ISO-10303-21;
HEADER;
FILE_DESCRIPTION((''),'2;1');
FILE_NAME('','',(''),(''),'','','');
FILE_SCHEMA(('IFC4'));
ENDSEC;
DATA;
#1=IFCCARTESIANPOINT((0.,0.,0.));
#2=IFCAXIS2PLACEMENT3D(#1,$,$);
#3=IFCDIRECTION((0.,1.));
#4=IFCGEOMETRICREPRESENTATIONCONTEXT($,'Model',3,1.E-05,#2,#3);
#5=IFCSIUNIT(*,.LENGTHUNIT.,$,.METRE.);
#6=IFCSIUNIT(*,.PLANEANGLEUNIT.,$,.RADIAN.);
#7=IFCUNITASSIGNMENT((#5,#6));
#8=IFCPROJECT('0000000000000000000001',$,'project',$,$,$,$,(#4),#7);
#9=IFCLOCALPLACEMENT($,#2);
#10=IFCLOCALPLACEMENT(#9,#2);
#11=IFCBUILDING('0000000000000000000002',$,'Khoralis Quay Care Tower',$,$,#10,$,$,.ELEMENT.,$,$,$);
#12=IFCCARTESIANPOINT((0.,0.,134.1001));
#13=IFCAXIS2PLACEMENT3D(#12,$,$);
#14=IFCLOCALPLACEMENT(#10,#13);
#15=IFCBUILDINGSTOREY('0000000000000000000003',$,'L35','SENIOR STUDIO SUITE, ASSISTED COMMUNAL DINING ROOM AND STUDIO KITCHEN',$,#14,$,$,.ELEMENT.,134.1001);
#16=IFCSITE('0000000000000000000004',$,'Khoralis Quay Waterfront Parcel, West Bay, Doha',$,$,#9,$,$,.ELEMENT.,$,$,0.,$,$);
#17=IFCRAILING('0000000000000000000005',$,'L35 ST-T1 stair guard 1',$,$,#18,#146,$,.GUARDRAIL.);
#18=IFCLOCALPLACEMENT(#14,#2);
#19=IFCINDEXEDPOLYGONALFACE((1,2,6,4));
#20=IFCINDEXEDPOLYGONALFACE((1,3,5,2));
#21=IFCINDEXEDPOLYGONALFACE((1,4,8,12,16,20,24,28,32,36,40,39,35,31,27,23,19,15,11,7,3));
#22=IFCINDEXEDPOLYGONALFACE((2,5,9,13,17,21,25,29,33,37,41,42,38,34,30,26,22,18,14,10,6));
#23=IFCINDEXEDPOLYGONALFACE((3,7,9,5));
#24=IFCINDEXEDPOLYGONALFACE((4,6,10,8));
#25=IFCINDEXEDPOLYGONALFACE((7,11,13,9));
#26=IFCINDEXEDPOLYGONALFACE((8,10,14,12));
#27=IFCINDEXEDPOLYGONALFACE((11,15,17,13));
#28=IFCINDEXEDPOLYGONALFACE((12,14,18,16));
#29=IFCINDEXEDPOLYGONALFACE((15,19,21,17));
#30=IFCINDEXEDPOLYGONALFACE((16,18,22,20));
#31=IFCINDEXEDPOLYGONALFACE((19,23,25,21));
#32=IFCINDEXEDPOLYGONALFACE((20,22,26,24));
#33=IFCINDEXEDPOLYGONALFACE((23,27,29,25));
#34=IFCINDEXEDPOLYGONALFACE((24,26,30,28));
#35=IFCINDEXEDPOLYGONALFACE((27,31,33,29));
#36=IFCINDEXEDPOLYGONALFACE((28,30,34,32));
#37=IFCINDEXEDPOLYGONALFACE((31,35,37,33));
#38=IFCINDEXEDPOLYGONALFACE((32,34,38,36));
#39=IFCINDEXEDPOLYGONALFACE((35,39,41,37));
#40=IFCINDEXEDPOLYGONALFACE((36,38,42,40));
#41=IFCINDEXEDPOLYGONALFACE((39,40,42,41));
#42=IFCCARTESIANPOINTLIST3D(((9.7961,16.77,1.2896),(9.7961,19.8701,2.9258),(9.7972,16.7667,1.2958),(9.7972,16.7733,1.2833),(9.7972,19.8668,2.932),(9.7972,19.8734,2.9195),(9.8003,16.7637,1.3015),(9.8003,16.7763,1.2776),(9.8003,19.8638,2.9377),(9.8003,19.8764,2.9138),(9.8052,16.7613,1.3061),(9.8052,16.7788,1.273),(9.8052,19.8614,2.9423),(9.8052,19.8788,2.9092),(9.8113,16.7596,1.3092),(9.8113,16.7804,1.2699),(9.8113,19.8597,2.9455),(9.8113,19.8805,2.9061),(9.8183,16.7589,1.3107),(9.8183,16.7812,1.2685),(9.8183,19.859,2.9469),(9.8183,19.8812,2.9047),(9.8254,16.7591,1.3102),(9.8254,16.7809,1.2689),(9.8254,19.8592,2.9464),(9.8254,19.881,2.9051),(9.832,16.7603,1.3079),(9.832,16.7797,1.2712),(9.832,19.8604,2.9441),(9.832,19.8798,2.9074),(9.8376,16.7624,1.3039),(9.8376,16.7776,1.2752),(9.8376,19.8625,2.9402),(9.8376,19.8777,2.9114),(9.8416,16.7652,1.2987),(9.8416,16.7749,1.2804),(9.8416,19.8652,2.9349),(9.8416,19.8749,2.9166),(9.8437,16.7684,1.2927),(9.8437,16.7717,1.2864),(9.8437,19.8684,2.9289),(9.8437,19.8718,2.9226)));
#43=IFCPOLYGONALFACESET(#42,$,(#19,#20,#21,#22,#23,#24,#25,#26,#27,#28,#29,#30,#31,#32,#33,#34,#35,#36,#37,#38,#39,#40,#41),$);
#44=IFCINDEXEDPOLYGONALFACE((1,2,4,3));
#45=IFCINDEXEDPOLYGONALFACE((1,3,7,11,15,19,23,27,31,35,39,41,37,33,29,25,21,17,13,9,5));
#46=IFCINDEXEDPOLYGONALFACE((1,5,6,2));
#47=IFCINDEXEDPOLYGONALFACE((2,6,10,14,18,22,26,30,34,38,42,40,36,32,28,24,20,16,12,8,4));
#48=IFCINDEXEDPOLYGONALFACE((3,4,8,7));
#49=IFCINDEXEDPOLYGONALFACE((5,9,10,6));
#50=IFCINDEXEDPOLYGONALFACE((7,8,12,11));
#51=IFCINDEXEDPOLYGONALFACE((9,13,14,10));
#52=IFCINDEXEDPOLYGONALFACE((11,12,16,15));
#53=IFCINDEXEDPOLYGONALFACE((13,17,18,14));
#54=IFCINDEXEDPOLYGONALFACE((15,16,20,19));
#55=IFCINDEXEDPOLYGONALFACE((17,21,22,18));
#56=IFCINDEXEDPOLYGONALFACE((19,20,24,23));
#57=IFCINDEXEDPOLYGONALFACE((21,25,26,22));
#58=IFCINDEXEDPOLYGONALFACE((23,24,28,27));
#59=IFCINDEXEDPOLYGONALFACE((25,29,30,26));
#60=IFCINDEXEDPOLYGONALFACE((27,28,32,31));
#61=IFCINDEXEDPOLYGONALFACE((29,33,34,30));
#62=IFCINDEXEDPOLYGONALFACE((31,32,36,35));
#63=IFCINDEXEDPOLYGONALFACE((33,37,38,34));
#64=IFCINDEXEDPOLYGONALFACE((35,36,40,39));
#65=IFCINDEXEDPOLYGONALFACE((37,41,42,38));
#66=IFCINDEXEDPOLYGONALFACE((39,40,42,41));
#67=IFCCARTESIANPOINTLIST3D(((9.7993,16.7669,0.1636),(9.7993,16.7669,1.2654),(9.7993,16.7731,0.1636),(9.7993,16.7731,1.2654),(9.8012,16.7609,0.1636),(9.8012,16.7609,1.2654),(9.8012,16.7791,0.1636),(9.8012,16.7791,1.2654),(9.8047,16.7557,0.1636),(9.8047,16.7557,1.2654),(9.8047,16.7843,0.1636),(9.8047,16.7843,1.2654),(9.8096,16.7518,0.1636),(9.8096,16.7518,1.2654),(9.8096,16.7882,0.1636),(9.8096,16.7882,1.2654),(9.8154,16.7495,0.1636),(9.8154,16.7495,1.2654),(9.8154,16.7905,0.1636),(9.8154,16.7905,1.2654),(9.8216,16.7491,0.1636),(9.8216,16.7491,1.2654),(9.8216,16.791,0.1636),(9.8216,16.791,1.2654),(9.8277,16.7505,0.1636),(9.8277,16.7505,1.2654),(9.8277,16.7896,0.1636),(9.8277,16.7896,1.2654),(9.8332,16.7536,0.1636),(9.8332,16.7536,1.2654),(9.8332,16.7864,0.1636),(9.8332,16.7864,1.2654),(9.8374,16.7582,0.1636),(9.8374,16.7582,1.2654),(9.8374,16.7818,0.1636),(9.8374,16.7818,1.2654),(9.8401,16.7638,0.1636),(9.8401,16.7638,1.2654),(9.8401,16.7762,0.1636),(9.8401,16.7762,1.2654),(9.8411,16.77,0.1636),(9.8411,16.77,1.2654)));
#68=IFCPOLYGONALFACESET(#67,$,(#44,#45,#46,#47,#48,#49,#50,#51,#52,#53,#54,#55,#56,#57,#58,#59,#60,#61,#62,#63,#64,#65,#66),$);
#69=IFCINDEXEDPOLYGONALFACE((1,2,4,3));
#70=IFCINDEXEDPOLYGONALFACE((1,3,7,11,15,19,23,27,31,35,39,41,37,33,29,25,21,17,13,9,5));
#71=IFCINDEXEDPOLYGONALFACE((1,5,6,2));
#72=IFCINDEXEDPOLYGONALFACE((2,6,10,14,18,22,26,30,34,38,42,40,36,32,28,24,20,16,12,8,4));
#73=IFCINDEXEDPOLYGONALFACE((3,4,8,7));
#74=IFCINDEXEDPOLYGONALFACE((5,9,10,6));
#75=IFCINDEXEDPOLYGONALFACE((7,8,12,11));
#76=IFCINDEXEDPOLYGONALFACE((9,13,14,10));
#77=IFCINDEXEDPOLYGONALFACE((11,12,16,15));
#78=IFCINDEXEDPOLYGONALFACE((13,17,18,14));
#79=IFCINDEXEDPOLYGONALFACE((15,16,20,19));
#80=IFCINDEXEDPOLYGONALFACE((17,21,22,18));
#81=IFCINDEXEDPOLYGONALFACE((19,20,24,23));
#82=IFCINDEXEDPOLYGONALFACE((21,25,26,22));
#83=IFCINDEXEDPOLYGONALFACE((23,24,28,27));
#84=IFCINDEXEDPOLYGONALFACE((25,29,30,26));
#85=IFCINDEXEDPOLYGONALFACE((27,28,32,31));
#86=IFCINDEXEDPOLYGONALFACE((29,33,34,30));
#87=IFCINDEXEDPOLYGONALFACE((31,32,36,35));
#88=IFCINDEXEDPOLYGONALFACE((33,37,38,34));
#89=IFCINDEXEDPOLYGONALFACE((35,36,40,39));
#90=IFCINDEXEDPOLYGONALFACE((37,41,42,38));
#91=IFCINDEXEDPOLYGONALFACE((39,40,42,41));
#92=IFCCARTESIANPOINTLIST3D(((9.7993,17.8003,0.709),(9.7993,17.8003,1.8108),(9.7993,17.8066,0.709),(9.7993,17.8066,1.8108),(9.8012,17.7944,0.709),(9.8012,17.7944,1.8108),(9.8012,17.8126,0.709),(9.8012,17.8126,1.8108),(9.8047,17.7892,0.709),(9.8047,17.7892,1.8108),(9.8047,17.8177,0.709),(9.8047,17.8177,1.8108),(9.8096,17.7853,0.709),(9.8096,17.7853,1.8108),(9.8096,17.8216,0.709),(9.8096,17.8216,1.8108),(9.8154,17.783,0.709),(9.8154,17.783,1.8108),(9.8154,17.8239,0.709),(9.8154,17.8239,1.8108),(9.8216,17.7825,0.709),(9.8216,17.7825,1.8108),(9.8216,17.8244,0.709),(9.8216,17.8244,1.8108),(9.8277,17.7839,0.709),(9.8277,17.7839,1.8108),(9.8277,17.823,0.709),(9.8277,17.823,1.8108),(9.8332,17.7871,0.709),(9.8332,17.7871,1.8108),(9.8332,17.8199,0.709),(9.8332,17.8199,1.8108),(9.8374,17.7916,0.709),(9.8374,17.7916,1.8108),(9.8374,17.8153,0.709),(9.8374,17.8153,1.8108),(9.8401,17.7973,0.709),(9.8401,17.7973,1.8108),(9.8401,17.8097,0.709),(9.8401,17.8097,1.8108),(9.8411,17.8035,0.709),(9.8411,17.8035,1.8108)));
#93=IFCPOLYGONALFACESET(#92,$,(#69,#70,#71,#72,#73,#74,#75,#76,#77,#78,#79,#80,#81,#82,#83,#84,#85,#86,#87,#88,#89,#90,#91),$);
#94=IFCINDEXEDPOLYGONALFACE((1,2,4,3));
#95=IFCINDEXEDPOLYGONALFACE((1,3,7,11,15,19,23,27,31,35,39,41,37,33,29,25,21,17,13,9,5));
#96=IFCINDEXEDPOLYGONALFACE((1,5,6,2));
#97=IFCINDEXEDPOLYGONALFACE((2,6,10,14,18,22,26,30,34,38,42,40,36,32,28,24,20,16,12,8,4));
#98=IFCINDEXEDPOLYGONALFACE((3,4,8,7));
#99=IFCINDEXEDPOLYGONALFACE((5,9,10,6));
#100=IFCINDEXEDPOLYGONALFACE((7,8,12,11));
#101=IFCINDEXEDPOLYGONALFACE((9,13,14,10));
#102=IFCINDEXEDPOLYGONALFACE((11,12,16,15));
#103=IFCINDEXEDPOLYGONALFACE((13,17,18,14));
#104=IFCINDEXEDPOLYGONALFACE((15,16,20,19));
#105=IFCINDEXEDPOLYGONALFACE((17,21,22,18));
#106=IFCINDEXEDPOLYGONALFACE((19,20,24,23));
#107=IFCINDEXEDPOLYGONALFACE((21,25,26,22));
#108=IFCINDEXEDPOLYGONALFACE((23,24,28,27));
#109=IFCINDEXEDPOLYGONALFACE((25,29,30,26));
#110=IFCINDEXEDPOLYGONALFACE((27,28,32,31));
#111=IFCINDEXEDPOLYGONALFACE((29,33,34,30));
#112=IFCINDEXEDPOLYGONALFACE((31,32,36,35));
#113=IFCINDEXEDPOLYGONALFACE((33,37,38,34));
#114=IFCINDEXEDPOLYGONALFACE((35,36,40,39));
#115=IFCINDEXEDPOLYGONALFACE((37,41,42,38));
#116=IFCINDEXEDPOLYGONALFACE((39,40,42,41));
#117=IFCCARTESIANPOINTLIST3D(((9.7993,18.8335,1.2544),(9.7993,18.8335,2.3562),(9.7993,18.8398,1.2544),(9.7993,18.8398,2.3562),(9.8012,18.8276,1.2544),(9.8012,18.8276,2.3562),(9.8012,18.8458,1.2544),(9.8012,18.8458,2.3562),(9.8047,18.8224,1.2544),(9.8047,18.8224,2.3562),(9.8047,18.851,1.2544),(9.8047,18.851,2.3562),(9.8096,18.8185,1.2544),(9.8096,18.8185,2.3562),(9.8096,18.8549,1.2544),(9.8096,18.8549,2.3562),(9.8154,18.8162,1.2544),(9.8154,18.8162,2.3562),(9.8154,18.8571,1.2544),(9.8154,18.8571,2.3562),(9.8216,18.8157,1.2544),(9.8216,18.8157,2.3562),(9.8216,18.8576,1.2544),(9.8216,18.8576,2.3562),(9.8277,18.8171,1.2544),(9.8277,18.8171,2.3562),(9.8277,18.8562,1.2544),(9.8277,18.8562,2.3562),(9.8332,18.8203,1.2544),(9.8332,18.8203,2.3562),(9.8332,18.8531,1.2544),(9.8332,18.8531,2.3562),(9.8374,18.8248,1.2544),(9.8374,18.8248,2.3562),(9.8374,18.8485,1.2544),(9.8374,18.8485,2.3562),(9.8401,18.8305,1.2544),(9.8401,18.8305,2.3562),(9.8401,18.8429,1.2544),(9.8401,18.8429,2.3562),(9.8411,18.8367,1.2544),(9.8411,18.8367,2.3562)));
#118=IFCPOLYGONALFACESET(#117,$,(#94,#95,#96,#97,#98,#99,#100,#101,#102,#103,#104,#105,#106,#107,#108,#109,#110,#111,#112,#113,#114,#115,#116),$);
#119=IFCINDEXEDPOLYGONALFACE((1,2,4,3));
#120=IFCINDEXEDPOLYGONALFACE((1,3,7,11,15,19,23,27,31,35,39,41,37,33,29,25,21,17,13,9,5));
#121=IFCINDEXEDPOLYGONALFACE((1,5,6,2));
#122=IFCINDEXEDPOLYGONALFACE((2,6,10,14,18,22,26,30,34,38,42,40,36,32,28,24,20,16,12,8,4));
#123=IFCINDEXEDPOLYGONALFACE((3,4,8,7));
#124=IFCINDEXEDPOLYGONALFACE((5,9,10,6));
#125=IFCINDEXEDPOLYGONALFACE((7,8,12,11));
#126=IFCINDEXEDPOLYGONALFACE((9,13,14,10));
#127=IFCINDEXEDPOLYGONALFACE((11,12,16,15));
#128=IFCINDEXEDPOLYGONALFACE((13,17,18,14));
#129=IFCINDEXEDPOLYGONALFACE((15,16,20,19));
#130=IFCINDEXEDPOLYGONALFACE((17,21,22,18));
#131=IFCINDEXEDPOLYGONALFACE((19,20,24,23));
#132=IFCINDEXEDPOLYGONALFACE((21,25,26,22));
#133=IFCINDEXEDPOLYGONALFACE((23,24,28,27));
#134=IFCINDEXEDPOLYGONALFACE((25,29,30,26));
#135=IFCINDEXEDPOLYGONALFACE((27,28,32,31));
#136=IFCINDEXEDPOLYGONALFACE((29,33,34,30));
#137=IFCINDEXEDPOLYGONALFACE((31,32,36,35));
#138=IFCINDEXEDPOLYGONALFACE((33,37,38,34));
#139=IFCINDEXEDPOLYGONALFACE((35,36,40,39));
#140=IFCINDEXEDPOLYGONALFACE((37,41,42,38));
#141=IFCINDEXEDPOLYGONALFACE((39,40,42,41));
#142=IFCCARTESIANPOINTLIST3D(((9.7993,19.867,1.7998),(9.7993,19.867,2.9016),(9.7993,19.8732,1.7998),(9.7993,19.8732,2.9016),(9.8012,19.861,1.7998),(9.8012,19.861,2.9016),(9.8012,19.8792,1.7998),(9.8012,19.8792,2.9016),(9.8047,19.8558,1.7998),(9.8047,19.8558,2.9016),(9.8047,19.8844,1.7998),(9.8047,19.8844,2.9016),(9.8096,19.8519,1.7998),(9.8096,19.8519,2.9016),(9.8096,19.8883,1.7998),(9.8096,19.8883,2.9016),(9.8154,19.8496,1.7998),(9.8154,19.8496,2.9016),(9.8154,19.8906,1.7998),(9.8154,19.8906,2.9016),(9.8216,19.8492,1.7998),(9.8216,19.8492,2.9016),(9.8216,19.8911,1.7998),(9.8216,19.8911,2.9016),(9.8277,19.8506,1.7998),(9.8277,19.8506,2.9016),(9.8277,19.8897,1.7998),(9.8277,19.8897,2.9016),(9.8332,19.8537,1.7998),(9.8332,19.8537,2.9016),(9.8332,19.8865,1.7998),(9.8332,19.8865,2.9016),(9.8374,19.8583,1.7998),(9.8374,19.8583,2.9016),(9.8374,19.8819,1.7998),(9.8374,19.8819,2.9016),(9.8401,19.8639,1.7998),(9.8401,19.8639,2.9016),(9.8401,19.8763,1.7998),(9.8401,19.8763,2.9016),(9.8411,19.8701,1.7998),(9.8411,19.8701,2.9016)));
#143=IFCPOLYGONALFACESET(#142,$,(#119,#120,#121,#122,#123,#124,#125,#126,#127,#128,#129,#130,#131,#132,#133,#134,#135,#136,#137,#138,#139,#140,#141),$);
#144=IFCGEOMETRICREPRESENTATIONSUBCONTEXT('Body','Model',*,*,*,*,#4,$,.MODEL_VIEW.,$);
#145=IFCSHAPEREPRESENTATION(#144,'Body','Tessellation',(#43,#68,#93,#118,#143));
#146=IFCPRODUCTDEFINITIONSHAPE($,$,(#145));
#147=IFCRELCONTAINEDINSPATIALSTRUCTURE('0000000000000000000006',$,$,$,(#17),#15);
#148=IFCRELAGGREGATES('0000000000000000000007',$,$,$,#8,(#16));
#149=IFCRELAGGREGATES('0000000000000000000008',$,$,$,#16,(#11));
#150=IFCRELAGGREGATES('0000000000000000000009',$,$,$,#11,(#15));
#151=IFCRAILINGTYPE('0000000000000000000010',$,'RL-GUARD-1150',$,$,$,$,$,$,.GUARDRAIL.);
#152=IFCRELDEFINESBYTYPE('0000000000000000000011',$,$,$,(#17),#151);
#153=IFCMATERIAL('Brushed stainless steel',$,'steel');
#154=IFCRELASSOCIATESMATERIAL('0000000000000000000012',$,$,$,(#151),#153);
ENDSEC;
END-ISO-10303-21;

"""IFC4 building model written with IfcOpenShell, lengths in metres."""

from ifc_helpers import new_model, si_unit, direction, frame, origin, origin_2d, place, context, subcontext, project, spatial, circle, extrude, material, type_object, element, save


model = new_model("IFC4")

# Units and contexts
model_context = context("Model", 3, precision=1e-05, world=origin(), true_north=direction((0.0, 1.0)))
body_context = subcontext(model_context, "Body", "Model", "MODEL_VIEW")
ifc_project = project(units=[si_unit("LENGTHUNIT", "METRE"), si_unit("PLANEANGLEUNIT", "RADIAN")], contexts=[model_context])

# Site, building, storey
site_placement = place(None, origin())
site = spatial("IfcSite", under=ifc_project, at=site_placement, Name="Khoralis Quay Waterfront Parcel, West Bay, Doha", CompositionType="ELEMENT", RefElevation=0.0)
building_placement = place(site_placement, origin())
building = spatial("IfcBuilding", under=site, at=building_placement, Name="Khoralis Quay Care Tower", CompositionType="ELEMENT")
storey_placement = place(building_placement, frame((0.0, 0.0, 134.1001)))
storey = spatial("IfcBuildingStorey", under=building, at=storey_placement, Name="L35", Description="SENIOR STUDIO SUITE, ASSISTED COMMUNAL DINING ROOM AND STUDIO KITCHEN", CompositionType="ELEMENT", Elevation=134.1001)

# Shared definitions
ifc_material_1 = material(Name="Brushed stainless steel", Category="steel")

# Railing
railing_type_1 = type_object("IfcRailingType", Name="RL-GUARD-1150", PredefinedType="GUARDRAIL", material=ifc_material_1)
railing_1_placement = place(storey_placement, frame((9.8201, 16.77, 0.1636)))
element("IfcRailing", 1, at=railing_1_placement, inside=storey, type_object=railing_type_1, Name="L35 ST-T1 stair guard 1", PredefinedType="GUARDRAIL", context=body_context, shape_type="SweptSolid", body=[
    extrude(circle(Radius=0.0239, at=origin_2d()), frame((0.0, 0.0, 1.126), z_axis=(0.0, 0.884377, 0.466774), x_axis=(-1.0, 0.0, 0.0)), (0.0, 0.0, 1.0), 3.5054),
    extrude(circle(Radius=0.021, at=origin_2d()), origin(), (0.0, 0.0, 1.0), 1.1018),
    extrude(circle(Radius=0.021, at=origin_2d()), frame((0.0, 1.0334, 0.5454)), (0.0, 0.0, 1.0), 1.1018),
    extrude(circle(Radius=0.021, at=origin_2d()), frame((0.0, 2.0667, 1.0908)), (0.0, 0.0, 1.0), 1.1018),
    extrude(circle(Radius=0.021, at=origin_2d()), frame((0.0, 3.1001, 1.6362)), (0.0, 0.0, 1.0), 1.1018),
])

save(model, "model.ifc")
